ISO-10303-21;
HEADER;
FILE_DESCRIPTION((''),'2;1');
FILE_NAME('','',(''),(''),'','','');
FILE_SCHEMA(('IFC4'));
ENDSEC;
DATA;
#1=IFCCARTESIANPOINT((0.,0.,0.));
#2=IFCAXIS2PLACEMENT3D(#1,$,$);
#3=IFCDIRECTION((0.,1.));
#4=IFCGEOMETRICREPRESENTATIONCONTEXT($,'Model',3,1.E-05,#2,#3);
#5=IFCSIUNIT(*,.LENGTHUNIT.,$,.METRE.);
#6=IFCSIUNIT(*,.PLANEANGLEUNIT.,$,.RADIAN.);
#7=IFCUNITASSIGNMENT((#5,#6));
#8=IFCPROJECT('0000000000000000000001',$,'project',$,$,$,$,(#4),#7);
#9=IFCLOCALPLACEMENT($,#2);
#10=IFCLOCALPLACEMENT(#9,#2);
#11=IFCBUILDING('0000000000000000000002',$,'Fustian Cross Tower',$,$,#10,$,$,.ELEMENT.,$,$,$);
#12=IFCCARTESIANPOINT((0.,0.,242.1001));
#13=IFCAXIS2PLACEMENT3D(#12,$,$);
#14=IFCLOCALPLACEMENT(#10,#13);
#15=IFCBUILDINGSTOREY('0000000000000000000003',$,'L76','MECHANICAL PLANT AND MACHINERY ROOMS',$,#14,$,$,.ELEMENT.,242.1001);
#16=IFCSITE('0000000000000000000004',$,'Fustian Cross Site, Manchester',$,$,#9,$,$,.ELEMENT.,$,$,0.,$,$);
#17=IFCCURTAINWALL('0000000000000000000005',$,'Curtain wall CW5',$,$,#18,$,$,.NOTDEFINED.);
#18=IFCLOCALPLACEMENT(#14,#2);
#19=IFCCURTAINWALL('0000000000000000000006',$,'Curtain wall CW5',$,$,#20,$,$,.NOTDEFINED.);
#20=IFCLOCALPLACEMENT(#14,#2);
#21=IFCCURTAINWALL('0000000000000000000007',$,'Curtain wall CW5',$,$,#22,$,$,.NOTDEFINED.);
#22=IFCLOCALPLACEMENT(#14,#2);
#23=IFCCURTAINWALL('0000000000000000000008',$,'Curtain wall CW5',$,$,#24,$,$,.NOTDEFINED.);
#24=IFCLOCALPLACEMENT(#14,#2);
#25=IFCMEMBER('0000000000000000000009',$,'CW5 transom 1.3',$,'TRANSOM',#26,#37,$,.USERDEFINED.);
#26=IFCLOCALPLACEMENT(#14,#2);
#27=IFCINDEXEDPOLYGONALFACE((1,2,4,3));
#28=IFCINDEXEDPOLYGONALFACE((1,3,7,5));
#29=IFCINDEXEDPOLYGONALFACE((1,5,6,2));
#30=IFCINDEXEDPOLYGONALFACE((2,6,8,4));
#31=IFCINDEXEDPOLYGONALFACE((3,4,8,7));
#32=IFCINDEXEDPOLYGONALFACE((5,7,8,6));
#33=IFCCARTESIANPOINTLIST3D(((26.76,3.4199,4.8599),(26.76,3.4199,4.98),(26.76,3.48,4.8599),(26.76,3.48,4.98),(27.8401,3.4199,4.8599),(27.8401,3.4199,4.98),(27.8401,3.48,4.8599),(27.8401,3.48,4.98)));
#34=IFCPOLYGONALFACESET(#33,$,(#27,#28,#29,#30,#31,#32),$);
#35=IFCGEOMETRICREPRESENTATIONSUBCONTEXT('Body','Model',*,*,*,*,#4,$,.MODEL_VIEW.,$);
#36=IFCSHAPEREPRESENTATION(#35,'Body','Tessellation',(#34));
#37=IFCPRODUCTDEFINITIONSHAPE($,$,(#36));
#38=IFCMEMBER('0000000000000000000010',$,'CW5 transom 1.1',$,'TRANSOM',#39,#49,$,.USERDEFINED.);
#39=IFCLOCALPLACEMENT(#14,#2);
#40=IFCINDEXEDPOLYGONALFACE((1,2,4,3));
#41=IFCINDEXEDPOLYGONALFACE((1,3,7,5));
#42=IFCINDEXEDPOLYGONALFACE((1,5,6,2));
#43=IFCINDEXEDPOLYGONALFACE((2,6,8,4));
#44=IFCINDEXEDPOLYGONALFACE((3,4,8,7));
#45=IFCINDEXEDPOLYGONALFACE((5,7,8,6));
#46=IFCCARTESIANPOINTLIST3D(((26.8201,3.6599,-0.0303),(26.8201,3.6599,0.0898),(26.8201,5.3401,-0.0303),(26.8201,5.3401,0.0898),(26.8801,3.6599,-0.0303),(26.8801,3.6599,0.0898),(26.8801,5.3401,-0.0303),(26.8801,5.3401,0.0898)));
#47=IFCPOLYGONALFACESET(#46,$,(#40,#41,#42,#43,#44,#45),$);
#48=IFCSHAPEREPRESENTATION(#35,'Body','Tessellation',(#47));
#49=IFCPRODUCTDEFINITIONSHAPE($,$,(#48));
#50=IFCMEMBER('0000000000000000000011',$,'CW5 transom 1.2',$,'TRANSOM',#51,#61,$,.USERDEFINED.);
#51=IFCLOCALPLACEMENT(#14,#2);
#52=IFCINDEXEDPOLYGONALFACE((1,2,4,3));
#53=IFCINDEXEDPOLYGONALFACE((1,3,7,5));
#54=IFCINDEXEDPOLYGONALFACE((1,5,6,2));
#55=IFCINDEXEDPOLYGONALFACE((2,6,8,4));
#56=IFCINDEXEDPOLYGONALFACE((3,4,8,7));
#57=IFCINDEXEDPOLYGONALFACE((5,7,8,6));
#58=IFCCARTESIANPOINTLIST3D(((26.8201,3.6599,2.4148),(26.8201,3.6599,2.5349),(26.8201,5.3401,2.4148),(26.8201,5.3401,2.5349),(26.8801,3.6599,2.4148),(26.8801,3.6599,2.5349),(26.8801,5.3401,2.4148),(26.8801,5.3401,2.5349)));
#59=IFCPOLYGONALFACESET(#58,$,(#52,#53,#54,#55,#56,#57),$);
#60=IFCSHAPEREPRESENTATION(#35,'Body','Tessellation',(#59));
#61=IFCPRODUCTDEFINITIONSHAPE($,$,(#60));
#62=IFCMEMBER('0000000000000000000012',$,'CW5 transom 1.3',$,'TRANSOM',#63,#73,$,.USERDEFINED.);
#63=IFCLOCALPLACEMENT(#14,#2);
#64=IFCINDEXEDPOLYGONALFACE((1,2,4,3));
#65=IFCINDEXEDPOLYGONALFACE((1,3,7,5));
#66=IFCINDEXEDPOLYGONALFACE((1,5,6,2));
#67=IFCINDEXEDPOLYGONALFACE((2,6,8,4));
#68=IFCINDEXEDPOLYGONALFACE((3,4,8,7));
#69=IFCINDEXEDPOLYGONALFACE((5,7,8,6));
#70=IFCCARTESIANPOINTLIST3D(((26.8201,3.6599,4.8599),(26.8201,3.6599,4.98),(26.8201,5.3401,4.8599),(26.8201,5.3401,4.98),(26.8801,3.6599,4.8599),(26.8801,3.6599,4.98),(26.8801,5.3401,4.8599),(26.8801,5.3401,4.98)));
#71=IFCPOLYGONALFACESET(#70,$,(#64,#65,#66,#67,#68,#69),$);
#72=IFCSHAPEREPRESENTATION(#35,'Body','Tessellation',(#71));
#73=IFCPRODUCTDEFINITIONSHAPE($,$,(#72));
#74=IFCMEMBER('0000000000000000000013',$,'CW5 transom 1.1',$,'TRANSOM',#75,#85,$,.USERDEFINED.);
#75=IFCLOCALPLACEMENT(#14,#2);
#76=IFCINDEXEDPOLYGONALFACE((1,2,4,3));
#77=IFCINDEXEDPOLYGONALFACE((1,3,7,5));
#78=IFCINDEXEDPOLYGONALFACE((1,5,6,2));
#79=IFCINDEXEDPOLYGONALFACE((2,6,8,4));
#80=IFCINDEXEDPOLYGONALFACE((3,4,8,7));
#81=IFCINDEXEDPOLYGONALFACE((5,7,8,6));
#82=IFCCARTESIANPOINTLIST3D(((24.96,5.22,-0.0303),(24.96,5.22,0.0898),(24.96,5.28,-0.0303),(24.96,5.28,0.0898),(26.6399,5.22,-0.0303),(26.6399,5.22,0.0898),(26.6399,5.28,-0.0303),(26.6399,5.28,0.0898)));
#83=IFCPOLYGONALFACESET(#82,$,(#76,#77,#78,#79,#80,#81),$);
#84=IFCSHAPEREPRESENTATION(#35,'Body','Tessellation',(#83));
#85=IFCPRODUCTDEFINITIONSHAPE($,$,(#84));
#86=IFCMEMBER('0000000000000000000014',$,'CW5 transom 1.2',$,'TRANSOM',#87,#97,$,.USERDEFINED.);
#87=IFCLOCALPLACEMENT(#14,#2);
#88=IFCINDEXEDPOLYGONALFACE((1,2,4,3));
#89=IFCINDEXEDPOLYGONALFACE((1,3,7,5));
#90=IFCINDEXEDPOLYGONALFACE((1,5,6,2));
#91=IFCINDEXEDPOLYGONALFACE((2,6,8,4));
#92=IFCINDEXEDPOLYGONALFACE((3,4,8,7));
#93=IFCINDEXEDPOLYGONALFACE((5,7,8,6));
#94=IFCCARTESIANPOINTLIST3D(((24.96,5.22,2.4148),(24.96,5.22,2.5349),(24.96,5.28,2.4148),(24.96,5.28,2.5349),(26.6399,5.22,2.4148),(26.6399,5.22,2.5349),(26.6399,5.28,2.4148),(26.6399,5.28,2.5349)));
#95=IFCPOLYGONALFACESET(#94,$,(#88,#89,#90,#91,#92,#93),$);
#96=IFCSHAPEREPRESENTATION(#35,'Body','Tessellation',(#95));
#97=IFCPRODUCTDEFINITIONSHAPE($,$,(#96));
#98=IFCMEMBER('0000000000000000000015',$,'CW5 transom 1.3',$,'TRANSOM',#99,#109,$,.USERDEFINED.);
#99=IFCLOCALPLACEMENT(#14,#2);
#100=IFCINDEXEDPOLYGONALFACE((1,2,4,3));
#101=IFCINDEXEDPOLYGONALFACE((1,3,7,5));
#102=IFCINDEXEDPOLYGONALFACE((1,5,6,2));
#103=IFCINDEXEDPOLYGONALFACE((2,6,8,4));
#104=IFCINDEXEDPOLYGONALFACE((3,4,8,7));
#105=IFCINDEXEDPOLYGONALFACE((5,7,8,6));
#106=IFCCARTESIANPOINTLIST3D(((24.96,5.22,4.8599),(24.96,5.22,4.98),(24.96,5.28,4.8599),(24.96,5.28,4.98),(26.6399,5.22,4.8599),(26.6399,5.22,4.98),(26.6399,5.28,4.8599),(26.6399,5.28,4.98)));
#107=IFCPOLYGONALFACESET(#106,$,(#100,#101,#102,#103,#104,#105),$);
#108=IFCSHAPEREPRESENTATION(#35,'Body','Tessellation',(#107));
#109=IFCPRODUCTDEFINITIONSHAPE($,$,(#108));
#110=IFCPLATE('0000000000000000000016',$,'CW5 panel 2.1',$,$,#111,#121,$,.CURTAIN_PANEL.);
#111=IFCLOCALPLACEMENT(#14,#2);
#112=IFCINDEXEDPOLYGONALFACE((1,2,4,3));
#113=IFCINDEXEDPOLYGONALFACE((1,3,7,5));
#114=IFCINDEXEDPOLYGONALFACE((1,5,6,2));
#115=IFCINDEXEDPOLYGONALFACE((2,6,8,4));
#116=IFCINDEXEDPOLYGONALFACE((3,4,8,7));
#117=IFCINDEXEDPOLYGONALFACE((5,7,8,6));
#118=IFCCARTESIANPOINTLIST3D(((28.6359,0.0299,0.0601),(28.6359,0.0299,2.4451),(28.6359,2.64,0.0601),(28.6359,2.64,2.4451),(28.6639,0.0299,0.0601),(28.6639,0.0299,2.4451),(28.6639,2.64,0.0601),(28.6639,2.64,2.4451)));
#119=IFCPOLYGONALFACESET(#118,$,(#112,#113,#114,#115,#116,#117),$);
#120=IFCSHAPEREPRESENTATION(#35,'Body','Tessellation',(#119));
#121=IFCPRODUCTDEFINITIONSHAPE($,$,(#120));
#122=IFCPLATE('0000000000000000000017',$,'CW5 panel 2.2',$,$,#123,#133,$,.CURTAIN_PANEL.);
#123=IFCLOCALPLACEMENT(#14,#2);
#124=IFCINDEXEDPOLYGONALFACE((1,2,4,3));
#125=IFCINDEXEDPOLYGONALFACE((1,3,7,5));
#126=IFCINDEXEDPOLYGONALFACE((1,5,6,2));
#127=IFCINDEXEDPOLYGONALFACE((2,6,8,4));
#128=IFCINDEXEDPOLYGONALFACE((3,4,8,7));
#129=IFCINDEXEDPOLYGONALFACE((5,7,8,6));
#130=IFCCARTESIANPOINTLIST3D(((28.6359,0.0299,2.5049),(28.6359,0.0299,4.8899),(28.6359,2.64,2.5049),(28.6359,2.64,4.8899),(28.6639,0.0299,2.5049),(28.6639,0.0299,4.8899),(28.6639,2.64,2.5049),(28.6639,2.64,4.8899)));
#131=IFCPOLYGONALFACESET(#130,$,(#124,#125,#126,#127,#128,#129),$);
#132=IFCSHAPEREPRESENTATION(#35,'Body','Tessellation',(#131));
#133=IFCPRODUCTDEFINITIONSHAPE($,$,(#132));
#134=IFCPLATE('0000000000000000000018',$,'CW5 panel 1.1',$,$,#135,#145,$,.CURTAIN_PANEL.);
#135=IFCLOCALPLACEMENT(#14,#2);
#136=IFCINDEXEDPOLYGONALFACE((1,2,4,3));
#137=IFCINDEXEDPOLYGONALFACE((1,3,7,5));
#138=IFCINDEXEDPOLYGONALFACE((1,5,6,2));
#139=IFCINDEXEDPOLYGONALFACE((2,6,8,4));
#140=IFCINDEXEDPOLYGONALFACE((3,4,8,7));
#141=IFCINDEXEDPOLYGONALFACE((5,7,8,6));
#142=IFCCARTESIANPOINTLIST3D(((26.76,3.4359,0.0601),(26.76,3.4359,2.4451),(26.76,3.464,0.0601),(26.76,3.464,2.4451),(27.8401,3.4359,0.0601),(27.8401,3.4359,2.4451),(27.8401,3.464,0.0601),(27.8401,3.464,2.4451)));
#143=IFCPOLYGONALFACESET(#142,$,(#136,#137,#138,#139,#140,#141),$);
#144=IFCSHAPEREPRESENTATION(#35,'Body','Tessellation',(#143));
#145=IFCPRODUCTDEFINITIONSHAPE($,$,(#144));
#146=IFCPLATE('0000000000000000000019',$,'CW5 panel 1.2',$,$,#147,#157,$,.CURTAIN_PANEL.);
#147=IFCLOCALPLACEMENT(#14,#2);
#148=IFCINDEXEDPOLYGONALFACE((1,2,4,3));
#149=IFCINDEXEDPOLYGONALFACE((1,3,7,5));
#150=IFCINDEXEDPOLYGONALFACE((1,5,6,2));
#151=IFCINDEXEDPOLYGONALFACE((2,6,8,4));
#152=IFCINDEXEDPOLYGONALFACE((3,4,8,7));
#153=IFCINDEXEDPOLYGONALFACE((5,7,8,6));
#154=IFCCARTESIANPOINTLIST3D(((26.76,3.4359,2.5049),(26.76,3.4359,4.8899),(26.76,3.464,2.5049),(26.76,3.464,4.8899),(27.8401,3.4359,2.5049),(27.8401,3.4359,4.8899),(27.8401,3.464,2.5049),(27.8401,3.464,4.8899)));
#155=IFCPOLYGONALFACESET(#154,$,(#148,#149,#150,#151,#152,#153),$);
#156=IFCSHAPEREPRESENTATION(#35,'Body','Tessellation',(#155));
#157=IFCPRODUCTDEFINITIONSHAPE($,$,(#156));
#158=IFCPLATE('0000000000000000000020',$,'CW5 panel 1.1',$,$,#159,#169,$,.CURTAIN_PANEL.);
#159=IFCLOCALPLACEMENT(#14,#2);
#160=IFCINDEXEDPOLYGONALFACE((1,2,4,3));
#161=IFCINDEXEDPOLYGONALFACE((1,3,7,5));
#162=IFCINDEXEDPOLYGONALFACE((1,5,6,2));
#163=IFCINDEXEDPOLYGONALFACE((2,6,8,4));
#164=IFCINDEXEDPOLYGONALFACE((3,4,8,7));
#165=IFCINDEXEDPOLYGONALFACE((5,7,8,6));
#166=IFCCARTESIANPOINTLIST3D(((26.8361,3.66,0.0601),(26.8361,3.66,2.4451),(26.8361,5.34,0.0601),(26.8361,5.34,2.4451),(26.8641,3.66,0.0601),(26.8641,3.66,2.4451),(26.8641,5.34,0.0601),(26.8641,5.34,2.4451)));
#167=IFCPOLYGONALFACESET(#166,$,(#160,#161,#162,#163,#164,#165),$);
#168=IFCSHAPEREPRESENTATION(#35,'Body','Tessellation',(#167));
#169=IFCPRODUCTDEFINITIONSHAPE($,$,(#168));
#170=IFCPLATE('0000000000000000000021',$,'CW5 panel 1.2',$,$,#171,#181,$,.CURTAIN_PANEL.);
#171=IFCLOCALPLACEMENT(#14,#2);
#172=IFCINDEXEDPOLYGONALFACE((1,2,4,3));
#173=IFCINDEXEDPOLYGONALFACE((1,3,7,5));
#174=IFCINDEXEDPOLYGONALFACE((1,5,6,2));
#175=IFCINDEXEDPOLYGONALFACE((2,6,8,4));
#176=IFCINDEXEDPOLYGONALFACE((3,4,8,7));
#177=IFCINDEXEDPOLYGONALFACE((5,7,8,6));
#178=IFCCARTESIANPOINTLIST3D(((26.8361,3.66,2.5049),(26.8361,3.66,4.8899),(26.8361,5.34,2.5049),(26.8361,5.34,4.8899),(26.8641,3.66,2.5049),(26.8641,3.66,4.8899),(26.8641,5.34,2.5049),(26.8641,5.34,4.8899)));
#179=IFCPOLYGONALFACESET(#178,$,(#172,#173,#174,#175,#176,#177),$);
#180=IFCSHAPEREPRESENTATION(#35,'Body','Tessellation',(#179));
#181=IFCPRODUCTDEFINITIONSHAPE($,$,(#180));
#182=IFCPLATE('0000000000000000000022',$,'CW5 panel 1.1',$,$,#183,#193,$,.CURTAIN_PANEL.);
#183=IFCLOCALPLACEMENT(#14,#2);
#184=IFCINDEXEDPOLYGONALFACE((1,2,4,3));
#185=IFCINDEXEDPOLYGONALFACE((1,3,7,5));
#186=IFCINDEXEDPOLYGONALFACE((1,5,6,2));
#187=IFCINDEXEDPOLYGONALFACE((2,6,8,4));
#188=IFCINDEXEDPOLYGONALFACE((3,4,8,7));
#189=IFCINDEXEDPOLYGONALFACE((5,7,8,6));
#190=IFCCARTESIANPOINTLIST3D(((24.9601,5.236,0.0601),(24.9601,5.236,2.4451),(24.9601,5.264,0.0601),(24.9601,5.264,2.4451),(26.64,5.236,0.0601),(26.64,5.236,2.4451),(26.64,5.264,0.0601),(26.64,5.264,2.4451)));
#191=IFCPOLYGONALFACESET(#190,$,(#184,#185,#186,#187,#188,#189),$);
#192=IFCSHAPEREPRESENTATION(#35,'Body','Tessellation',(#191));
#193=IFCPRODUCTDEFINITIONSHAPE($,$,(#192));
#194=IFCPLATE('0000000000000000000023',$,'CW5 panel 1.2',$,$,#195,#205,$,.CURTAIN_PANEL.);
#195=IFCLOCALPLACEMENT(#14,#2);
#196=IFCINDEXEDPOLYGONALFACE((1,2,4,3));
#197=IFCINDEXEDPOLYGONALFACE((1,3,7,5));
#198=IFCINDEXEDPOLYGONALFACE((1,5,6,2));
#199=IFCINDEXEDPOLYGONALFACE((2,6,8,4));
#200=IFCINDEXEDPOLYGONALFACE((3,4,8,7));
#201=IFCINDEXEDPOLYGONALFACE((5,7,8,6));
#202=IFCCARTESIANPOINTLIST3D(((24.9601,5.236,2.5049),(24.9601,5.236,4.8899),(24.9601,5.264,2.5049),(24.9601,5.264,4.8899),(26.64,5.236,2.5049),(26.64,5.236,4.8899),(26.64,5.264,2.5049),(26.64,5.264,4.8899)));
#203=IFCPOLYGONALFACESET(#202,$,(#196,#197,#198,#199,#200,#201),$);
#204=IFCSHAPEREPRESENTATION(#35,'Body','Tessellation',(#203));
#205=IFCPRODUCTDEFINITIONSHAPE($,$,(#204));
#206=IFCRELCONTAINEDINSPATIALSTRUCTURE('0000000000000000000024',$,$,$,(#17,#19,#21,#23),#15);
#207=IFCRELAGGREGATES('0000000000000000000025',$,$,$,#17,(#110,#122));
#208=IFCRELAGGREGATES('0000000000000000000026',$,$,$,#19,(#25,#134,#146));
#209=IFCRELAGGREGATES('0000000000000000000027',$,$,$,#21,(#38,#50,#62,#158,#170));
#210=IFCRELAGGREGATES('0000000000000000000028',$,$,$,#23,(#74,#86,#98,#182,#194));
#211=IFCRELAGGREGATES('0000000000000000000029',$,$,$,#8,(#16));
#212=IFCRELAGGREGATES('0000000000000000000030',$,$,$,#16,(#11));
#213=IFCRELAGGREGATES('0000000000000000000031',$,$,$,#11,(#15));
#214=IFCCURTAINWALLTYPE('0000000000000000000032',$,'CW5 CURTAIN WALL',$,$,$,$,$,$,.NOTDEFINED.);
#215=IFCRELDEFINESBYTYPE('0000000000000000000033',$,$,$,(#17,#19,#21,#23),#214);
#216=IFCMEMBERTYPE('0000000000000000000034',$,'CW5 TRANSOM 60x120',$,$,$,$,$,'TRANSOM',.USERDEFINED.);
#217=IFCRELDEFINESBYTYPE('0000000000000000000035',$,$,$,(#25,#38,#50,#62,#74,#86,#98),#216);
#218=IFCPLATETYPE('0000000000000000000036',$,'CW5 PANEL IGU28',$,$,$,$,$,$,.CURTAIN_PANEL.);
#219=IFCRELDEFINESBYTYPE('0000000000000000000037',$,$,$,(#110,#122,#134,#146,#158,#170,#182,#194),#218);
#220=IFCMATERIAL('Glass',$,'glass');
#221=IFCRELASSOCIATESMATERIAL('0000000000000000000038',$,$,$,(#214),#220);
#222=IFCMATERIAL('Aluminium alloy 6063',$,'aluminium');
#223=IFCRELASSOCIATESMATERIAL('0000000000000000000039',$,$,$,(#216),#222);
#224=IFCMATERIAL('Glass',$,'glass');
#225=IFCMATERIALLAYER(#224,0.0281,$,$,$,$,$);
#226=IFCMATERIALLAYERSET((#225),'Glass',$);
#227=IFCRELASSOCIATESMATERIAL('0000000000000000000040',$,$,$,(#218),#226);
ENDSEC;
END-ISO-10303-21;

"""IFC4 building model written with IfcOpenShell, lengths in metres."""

from ifc_helpers import new_model, si_unit, direction, frame, origin, origin_2d, place, context, subcontext, project, spatial, rectangle, extrude, material, layer, layer_set, material_profile, profile_set, type_object, element, aggregate, save


model = new_model("IFC4")

# Units and contexts
model_context = context("Model", 3, precision=1e-05, world=origin(), true_north=direction((0.0, 1.0)))
body_context = subcontext(model_context, "Body", "Model", "MODEL_VIEW")
ifc_project = project(units=[si_unit("LENGTHUNIT", "METRE"), si_unit("PLANEANGLEUNIT", "RADIAN")], contexts=[model_context])

# Site, building, storey
site_placement = place(None, origin())
site = spatial("IfcSite", under=ifc_project, at=site_placement, Name="Fustian Cross Site, Manchester", CompositionType="ELEMENT", RefElevation=0.0)
building_placement = place(site_placement, origin())
building = spatial("IfcBuilding", under=site, at=building_placement, Name="Fustian Cross Tower", CompositionType="ELEMENT")
storey_placement = place(building_placement, frame((0.0, 0.0, 242.1001)))
storey = spatial("IfcBuildingStorey", under=building, at=storey_placement, Name="L76", Description="MECHANICAL PLANT AND MACHINERY ROOMS", CompositionType="ELEMENT", Elevation=242.1001)

# Curtain walls
ifc_material_1 = material(Name="Glass", Category="glass")
curtain_wall_type = type_object("IfcCurtainWallType", Name="CW5 CURTAIN WALL", PredefinedType="NOTDEFINED", material=ifc_material_1)
curtain_wall_1_placement = place(storey_placement, origin())
curtain_wall_1 = element("IfcCurtainWall", 1, at=curtain_wall_1_placement, inside=storey, type_object=curtain_wall_type, Name="Curtain wall CW5", PredefinedType="NOTDEFINED")
curtain_wall_2_placement = place(storey_placement, origin())
curtain_wall_2 = element("IfcCurtainWall", 2, at=curtain_wall_2_placement, inside=storey, type_object=curtain_wall_type, Name="Curtain wall CW5", PredefinedType="NOTDEFINED")
curtain_wall_3_placement = place(storey_placement, origin())
curtain_wall_3 = element("IfcCurtainWall", 3, at=curtain_wall_3_placement, inside=storey, type_object=curtain_wall_type, Name="Curtain wall CW5", PredefinedType="NOTDEFINED")
curtain_wall_4_placement = place(storey_placement, origin())
curtain_wall_4 = element("IfcCurtainWall", 4, at=curtain_wall_4_placement, inside=storey, type_object=curtain_wall_type, Name="Curtain wall CW5", PredefinedType="NOTDEFINED")

# Members
ifc_material_2 = material(Name="Aluminium alloy 6063", Category="aluminium")
ifc_material_profile_1 = material_profile(ifc_material_2, rectangle(XDim=0.0601, YDim=0.1201, at=origin_2d()), Name="CW5 TRANSOM 60x120")
ifc_profile_set_1 = profile_set([ifc_material_profile_1], Name="Aluminium alloy 6063")
member_type_1 = type_object("IfcMemberType", Name="CW5 TRANSOM 60x120", ElementType="TRANSOM", PredefinedType="USERDEFINED", material=ifc_profile_set_1)
member_1_placement = place(storey_placement, frame((27.8401, 3.45, 4.9199), z_axis=(-1.0, 0.0, 0.0), x_axis=(0.0, -1.0, 0.0)))
member_1 = element("IfcMember", 5, at=member_1_placement, type_object=member_type_1, Name="CW5 transom 1.3", ObjectType="TRANSOM", PredefinedType="USERDEFINED", context=body_context, shape_type="SweptSolid", body=[
    extrude(rectangle(XDim=0.0601, YDim=0.1201, at=origin_2d()), origin(), (0.0, 0.0, 1.0), 1.0801),
])
member_2_placement = place(storey_placement, frame((26.8501, 3.6599, 0.0298), z_axis=(0.0, 1.0, 0.0), x_axis=(-1.0, 0.0, 0.0)))
member_2 = element("IfcMember", 6, at=member_2_placement, type_object=member_type_1, Name="CW5 transom 1.1", ObjectType="TRANSOM", PredefinedType="USERDEFINED", context=body_context, shape_type="SweptSolid", body=[
    extrude(rectangle(XDim=0.0601, YDim=0.1201, at=origin_2d()), origin(), (0.0, 0.0, 1.0), 1.6802),
])
member_3_placement = place(storey_placement, frame((26.8501, 3.6599, 2.4749), z_axis=(0.0, 1.0, 0.0), x_axis=(-1.0, 0.0, 0.0)))
member_3 = element("IfcMember", 7, at=member_3_placement, type_object=member_type_1, Name="CW5 transom 1.2", ObjectType="TRANSOM", PredefinedType="USERDEFINED", context=body_context, shape_type="SweptSolid", body=[
    extrude(rectangle(XDim=0.0601, YDim=0.1201, at=origin_2d()), origin(), (0.0, 0.0, 1.0), 1.6802),
])
member_4_placement = place(storey_placement, frame((26.8501, 3.6599, 4.9199), z_axis=(0.0, 1.0, 0.0), x_axis=(-1.0, 0.0, 0.0)))
member_4 = element("IfcMember", 8, at=member_4_placement, type_object=member_type_1, Name="CW5 transom 1.3", ObjectType="TRANSOM", PredefinedType="USERDEFINED", context=body_context, shape_type="SweptSolid", body=[
    extrude(rectangle(XDim=0.0601, YDim=0.1201, at=origin_2d()), origin(), (0.0, 0.0, 1.0), 1.6802),
])
member_5_placement = place(storey_placement, frame((26.6399, 5.25, 0.0298), z_axis=(-1.0, 0.0, 0.0), x_axis=(0.0, -1.0, 0.0)))
member_5 = element("IfcMember", 9, at=member_5_placement, type_object=member_type_1, Name="CW5 transom 1.1", ObjectType="TRANSOM", PredefinedType="USERDEFINED", context=body_context, shape_type="SweptSolid", body=[
    extrude(rectangle(XDim=0.0601, YDim=0.1201, at=origin_2d()), origin(), (0.0, 0.0, 1.0), 1.6799),
])
member_6_placement = place(storey_placement, frame((26.6399, 5.25, 2.4749), z_axis=(-1.0, 0.0, 0.0), x_axis=(0.0, -1.0, 0.0)))
member_6 = element("IfcMember", 10, at=member_6_placement, type_object=member_type_1, Name="CW5 transom 1.2", ObjectType="TRANSOM", PredefinedType="USERDEFINED", context=body_context, shape_type="SweptSolid", body=[
    extrude(rectangle(XDim=0.0601, YDim=0.1201, at=origin_2d()), origin(), (0.0, 0.0, 1.0), 1.6799),
])
member_7_placement = place(storey_placement, frame((26.6399, 5.25, 4.9199), z_axis=(-1.0, 0.0, 0.0), x_axis=(0.0, -1.0, 0.0)))
member_7 = element("IfcMember", 11, at=member_7_placement, type_object=member_type_1, Name="CW5 transom 1.3", ObjectType="TRANSOM", PredefinedType="USERDEFINED", context=body_context, shape_type="SweptSolid", body=[
    extrude(rectangle(XDim=0.0601, YDim=0.1201, at=origin_2d()), origin(), (0.0, 0.0, 1.0), 1.6799),
])

# Plates
ifc_material_3 = material(Name="Glass", Category="glass")
ifc_layer_1 = layer(ifc_material_3, 0.0281)
ifc_layer_set_1 = layer_set([ifc_layer_1], Name="Glass")
plate_type = type_object("IfcPlateType", Name="CW5 PANEL IGU28", PredefinedType="CURTAIN_PANEL", material=ifc_layer_set_1)
plate_1_placement = place(storey_placement, frame((28.6499, 1.335, 0.0601), z_axis=(0.0, 0.0, 1.0), x_axis=(0.0, 1.0, 0.0)))
plate_1 = element("IfcPlate", 12, at=plate_1_placement, type_object=plate_type, Name="CW5 panel 2.1", PredefinedType="CURTAIN_PANEL", context=body_context, shape_type="SweptSolid", body=[
    extrude(rectangle(XDim=2.6101, YDim=0.0281, at=origin_2d()), origin(), (0.0, 0.0, 1.0), 2.385),
])
plate_2_placement = place(storey_placement, frame((28.6499, 1.335, 2.5049), z_axis=(0.0, 0.0, 1.0), x_axis=(0.0, 1.0, 0.0)))
plate_2 = element("IfcPlate", 13, at=plate_2_placement, type_object=plate_type, Name="CW5 panel 2.2", PredefinedType="CURTAIN_PANEL", context=body_context, shape_type="SweptSolid", body=[
    extrude(rectangle(XDim=2.6101, YDim=0.0281, at=origin_2d()), origin(), (0.0, 0.0, 1.0), 2.385),
])
aggregate(curtain_wall_1, [plate_1, plate_2])
plate_3_placement = place(storey_placement, frame((27.3, 3.45, 0.0601), z_axis=(0.0, 0.0, 1.0), x_axis=(-1.0, 0.0, 0.0)))
plate_3 = element("IfcPlate", 14, at=plate_3_placement, type_object=plate_type, Name="CW5 panel 1.1", PredefinedType="CURTAIN_PANEL", context=body_context, shape_type="SweptSolid", body=[
    extrude(rectangle(XDim=1.0801, YDim=0.0281, at=origin_2d()), origin(), (0.0, 0.0, 1.0), 2.385),
])
plate_4_placement = place(storey_placement, frame((27.3, 3.45, 2.5049), z_axis=(0.0, 0.0, 1.0), x_axis=(-1.0, 0.0, 0.0)))
plate_4 = element("IfcPlate", 15, at=plate_4_placement, type_object=plate_type, Name="CW5 panel 1.2", PredefinedType="CURTAIN_PANEL", context=body_context, shape_type="SweptSolid", body=[
    extrude(rectangle(XDim=1.0801, YDim=0.0281, at=origin_2d()), origin(), (0.0, 0.0, 1.0), 2.385),
])
aggregate(curtain_wall_2, [member_1, plate_3, plate_4])
plate_5_placement = place(storey_placement, frame((26.8501, 4.5, 0.0601), z_axis=(0.0, 0.0, 1.0), x_axis=(0.0, 1.0, 0.0)))
plate_5 = element("IfcPlate", 16, at=plate_5_placement, type_object=plate_type, Name="CW5 panel 1.1", PredefinedType="CURTAIN_PANEL", context=body_context, shape_type="SweptSolid", body=[
    extrude(rectangle(XDim=1.6799, YDim=0.0281, at=origin_2d()), origin(), (0.0, 0.0, 1.0), 2.385),
])
plate_6_placement = place(storey_placement, frame((26.8501, 4.5, 2.5049), z_axis=(0.0, 0.0, 1.0), x_axis=(0.0, 1.0, 0.0)))
plate_6 = element("IfcPlate", 17, at=plate_6_placement, type_object=plate_type, Name="CW5 panel 1.2", PredefinedType="CURTAIN_PANEL", context=body_context, shape_type="SweptSolid", body=[
    extrude(rectangle(XDim=1.6799, YDim=0.0281, at=origin_2d()), origin(), (0.0, 0.0, 1.0), 2.385),
])
aggregate(curtain_wall_3, [member_2, member_3, member_4, plate_5, plate_6])
plate_7_placement = place(storey_placement, frame((25.8, 5.25, 0.0601), z_axis=(0.0, 0.0, 1.0), x_axis=(-1.0, 0.0, 0.0)))
plate_7 = element("IfcPlate", 18, at=plate_7_placement, type_object=plate_type, Name="CW5 panel 1.1", PredefinedType="CURTAIN_PANEL", context=body_context, shape_type="SweptSolid", body=[
    extrude(rectangle(XDim=1.6799, YDim=0.0281, at=origin_2d()), origin(), (0.0, 0.0, 1.0), 2.385),
])
plate_8_placement = place(storey_placement, frame((25.8, 5.25, 2.5049), z_axis=(0.0, 0.0, 1.0), x_axis=(-1.0, 0.0, 0.0)))
plate_8 = element("IfcPlate", 19, at=plate_8_placement, type_object=plate_type, Name="CW5 panel 1.2", PredefinedType="CURTAIN_PANEL", context=body_context, shape_type="SweptSolid", body=[
    extrude(rectangle(XDim=1.6799, YDim=0.0281, at=origin_2d()), origin(), (0.0, 0.0, 1.0), 2.385),
])
aggregate(curtain_wall_4, [member_5, member_6, member_7, plate_7, plate_8])

save(model, "model.ifc")
